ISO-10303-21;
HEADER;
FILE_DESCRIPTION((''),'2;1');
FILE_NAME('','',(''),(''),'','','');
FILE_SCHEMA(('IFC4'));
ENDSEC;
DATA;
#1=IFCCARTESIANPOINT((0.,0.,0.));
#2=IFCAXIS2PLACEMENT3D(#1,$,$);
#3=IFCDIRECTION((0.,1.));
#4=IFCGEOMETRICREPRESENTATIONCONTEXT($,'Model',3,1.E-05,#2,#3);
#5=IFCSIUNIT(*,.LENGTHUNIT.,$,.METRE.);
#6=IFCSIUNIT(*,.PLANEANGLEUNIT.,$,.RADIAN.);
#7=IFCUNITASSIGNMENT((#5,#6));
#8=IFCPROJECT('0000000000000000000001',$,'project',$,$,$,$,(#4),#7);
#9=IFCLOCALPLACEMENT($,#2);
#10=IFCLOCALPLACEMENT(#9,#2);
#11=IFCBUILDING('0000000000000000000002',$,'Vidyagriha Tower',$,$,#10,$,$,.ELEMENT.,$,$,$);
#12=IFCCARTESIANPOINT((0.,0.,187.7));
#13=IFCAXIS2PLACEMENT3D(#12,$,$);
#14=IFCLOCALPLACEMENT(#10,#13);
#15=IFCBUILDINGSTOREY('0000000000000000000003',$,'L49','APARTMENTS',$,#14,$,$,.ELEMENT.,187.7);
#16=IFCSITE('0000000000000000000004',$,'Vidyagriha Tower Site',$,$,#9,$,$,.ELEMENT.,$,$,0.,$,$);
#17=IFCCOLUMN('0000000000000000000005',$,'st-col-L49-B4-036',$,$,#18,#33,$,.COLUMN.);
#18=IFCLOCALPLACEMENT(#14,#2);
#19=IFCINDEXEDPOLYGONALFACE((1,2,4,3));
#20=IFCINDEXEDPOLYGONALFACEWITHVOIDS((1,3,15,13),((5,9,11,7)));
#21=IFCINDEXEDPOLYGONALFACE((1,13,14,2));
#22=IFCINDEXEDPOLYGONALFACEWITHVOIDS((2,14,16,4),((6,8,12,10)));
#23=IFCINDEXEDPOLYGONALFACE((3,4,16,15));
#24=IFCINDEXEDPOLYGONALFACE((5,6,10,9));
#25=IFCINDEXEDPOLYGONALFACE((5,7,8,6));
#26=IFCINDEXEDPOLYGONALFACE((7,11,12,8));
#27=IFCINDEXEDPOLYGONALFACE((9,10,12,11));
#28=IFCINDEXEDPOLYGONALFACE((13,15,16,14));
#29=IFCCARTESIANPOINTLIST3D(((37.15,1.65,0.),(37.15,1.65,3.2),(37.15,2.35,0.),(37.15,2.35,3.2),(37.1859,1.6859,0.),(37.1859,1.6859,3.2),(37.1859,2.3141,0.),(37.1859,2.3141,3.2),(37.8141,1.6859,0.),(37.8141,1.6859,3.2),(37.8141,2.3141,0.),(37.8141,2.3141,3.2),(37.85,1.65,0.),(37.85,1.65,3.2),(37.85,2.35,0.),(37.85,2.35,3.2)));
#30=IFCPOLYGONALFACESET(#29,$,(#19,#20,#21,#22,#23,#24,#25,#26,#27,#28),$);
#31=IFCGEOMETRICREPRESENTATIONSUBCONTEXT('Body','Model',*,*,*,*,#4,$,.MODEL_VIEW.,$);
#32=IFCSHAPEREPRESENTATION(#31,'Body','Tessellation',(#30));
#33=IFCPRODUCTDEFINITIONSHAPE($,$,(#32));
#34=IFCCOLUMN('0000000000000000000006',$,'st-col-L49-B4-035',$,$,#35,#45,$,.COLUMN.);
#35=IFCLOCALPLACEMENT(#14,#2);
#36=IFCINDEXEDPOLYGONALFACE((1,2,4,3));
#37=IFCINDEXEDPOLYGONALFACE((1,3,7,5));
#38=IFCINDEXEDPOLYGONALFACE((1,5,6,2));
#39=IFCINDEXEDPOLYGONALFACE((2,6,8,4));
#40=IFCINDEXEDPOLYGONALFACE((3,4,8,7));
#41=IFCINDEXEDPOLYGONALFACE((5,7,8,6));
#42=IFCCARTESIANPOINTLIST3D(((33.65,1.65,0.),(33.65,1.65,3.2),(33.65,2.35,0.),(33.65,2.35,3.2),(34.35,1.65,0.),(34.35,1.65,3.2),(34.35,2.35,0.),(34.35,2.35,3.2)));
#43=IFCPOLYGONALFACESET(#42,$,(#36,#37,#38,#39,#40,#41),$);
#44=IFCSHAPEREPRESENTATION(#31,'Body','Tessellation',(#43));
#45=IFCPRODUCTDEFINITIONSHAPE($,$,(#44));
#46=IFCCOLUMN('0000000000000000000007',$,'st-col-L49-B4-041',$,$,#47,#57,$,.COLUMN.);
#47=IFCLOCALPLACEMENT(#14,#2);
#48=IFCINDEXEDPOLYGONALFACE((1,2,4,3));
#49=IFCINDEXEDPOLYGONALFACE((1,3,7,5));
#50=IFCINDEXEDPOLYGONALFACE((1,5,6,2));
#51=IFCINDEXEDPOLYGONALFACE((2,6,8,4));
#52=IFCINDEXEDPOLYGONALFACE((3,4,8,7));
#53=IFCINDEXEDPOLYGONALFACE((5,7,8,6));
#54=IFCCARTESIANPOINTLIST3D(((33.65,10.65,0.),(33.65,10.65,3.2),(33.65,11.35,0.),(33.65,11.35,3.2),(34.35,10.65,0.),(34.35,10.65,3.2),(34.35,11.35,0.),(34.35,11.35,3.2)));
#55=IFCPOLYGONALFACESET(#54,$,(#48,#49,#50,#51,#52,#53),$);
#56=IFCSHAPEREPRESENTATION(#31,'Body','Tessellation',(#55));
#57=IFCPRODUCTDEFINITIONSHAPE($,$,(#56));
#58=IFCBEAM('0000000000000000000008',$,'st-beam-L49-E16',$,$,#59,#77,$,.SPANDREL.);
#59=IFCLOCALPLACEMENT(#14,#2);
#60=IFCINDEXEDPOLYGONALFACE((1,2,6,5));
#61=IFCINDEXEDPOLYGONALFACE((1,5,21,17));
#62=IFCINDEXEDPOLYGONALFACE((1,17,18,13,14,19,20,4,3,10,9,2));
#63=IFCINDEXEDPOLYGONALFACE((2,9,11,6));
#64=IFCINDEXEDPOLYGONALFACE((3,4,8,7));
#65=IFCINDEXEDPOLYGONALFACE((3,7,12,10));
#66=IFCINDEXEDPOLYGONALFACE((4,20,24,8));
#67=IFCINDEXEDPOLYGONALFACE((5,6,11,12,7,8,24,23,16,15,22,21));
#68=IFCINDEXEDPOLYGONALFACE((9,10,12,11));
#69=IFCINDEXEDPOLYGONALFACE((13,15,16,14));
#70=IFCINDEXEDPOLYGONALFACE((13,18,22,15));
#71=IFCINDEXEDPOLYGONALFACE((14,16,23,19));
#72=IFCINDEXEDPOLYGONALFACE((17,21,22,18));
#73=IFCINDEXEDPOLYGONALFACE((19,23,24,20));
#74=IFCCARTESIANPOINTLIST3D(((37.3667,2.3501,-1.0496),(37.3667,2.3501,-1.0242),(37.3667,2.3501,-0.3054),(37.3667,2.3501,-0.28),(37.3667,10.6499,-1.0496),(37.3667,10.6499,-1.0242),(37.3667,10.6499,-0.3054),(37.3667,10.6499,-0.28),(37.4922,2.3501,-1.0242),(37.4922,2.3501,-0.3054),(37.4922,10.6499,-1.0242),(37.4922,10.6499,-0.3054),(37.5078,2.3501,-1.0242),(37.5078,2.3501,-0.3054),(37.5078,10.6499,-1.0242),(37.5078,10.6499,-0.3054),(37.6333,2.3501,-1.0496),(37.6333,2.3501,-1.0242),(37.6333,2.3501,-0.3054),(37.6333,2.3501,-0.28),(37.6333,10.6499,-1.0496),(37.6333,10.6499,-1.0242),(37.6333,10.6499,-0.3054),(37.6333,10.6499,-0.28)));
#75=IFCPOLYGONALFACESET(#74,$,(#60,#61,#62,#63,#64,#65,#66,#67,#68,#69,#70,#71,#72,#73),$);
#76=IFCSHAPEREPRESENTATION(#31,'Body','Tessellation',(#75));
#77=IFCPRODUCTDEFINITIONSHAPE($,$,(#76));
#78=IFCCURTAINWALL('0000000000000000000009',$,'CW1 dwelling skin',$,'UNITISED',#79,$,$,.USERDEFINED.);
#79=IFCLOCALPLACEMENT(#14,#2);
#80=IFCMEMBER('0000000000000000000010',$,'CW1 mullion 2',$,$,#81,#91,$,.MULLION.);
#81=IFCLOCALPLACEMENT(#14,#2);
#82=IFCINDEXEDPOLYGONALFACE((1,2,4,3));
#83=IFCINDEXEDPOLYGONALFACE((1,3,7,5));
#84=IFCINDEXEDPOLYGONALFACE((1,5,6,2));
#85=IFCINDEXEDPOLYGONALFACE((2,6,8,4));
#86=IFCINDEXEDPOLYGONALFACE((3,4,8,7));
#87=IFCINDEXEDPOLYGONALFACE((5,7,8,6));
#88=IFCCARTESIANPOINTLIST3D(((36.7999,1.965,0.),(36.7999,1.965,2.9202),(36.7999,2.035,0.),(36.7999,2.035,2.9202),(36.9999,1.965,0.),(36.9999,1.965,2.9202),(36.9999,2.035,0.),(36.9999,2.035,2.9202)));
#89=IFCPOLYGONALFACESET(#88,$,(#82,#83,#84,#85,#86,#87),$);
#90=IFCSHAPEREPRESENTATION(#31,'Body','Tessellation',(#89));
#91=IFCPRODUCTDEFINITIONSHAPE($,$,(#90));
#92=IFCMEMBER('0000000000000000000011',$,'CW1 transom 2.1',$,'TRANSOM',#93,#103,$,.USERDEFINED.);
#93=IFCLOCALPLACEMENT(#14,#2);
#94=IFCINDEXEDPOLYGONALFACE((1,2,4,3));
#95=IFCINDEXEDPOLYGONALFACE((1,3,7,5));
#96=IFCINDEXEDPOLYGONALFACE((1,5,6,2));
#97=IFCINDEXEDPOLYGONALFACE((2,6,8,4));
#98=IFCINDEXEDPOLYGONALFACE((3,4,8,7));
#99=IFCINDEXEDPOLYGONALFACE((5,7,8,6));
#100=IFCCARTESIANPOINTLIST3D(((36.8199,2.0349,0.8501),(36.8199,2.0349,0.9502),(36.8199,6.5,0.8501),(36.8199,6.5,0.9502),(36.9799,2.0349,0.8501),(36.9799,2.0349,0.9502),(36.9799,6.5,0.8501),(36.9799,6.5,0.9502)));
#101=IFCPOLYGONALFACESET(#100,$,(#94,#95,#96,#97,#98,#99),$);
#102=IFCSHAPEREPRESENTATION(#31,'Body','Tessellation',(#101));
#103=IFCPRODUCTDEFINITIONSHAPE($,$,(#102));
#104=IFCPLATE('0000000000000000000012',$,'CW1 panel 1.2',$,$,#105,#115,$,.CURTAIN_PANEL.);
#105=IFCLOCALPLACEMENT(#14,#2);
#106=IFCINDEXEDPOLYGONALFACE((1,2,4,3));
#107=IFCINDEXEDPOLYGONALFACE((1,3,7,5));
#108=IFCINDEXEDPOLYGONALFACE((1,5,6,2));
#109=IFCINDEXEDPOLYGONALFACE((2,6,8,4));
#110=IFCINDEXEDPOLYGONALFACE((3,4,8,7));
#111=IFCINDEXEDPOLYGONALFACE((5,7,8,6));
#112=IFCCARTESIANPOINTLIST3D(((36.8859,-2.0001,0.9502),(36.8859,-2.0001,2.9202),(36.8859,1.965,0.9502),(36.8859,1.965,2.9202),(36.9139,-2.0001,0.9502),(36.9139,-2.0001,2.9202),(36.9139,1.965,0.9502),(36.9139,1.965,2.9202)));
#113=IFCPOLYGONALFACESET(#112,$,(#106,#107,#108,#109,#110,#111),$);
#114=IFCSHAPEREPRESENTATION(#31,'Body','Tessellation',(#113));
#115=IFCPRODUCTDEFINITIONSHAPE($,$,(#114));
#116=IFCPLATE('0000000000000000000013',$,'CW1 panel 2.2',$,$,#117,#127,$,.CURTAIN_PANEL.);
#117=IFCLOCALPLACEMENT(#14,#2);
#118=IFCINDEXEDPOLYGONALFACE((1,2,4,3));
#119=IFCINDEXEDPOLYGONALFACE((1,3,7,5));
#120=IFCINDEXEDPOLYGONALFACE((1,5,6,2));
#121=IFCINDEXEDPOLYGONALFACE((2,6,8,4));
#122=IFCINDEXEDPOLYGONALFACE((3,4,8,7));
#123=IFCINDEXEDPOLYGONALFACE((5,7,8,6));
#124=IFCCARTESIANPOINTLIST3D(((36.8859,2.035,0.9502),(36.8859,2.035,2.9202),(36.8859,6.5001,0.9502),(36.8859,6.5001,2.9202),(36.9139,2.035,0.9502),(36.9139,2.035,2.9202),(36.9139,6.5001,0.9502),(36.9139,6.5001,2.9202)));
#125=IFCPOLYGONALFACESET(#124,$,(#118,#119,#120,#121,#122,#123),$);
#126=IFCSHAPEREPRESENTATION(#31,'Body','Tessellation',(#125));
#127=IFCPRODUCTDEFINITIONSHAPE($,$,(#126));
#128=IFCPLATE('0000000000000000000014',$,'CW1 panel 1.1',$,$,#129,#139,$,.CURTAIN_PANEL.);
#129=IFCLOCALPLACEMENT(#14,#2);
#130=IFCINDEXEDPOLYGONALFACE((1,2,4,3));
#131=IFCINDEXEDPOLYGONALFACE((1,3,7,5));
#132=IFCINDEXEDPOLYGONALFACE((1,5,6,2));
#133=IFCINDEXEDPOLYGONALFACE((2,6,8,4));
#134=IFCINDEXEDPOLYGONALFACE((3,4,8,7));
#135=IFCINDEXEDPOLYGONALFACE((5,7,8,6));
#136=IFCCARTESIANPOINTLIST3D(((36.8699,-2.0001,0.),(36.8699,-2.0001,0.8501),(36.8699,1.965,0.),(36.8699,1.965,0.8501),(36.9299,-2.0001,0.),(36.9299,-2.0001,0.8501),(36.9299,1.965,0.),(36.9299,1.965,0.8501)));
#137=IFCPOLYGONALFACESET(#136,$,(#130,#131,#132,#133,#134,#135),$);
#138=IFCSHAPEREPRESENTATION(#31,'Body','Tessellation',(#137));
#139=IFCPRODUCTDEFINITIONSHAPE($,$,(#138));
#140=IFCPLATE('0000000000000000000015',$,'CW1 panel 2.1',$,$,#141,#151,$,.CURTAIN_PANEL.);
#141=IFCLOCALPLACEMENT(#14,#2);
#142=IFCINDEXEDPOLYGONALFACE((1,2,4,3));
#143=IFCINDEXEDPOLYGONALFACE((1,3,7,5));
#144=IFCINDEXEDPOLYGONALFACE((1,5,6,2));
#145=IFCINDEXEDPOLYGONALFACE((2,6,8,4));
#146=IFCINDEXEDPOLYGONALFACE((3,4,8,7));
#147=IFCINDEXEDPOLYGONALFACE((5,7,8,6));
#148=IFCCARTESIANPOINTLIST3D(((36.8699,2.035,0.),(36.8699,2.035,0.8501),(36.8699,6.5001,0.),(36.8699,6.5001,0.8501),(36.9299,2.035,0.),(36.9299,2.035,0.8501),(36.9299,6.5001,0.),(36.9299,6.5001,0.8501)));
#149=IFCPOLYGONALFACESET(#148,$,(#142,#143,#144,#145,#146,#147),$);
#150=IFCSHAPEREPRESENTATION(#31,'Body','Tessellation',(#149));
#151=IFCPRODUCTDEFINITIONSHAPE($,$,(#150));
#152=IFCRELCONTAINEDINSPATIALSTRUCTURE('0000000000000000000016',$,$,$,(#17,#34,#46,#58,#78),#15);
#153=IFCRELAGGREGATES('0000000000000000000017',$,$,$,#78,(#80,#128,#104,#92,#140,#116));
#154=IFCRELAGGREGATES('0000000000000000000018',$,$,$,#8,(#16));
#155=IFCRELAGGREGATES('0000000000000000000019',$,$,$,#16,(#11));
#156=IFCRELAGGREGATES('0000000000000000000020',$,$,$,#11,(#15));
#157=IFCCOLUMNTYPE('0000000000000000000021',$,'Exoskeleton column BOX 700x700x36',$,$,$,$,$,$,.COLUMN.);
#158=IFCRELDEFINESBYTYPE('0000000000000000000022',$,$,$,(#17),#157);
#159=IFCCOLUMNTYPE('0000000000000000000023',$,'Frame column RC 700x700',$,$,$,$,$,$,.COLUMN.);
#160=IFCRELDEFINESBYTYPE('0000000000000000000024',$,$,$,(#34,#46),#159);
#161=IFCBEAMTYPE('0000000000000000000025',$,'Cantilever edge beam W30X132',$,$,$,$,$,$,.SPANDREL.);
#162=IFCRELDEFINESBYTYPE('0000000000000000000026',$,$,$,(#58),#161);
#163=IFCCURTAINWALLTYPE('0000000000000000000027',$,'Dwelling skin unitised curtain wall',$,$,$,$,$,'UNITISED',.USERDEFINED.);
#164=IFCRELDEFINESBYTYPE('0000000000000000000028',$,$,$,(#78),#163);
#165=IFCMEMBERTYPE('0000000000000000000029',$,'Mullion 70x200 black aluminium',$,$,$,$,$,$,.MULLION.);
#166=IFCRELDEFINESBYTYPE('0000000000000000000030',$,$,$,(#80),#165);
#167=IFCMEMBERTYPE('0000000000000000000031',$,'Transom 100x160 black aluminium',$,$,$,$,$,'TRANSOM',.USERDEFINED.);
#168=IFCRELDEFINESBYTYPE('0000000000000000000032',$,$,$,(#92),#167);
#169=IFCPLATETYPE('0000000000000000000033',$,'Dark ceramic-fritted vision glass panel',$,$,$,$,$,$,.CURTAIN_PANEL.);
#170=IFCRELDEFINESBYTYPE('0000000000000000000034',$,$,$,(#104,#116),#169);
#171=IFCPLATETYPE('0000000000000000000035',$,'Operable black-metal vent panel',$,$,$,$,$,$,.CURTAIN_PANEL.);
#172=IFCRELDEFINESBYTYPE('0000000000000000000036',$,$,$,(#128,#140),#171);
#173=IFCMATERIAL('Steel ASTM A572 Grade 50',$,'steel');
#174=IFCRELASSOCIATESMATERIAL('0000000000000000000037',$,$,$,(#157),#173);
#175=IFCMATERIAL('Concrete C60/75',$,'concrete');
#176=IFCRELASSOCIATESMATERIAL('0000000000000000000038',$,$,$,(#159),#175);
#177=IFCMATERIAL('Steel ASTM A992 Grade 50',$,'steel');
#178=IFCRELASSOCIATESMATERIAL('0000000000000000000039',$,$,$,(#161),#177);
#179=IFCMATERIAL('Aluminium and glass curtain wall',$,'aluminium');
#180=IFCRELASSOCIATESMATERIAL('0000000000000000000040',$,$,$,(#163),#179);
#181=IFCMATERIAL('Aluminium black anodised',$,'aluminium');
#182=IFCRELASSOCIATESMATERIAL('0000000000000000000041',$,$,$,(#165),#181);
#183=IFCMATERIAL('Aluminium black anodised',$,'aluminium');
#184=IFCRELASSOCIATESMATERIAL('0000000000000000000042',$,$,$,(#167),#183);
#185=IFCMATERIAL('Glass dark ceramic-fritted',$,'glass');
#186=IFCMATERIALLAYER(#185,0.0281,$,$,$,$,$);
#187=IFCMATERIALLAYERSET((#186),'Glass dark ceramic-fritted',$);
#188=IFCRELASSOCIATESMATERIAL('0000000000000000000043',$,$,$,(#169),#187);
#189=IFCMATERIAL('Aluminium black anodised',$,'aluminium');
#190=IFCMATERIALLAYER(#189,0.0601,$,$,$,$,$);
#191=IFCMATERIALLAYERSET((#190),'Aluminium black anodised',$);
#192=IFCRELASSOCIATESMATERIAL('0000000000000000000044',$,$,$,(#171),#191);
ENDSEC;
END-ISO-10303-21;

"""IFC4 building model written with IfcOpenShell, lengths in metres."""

from ifc_helpers import new_model, si_unit, direction, frame, origin, origin_2d, place, context, subcontext, project, spatial, rectangle, hollow_rectangle, i_section, extrude, material, layer, layer_set, material_profile, profile_set, type_object, element, aggregate, save


model = new_model("IFC4")

# Units and contexts
model_context = context("Model", 3, precision=1e-05, world=origin(), true_north=direction((0.0, 1.0)))
body_context = subcontext(model_context, "Body", "Model", "MODEL_VIEW")
ifc_project = project(units=[si_unit("LENGTHUNIT", "METRE"), si_unit("PLANEANGLEUNIT", "RADIAN")], contexts=[model_context])

# Site, building, storey
site_placement = place(None, origin())
site = spatial("IfcSite", under=ifc_project, at=site_placement, Name="Vidyagriha Tower Site", CompositionType="ELEMENT", RefElevation=0.0)
building_placement = place(site_placement, origin())
building = spatial("IfcBuilding", under=site, at=building_placement, Name="Vidyagriha Tower", CompositionType="ELEMENT")
storey_placement = place(building_placement, frame((0.0, 0.0, 187.7)))
storey = spatial("IfcBuildingStorey", under=building, at=storey_placement, Name="L49", Description="APARTMENTS", CompositionType="ELEMENT", Elevation=187.7)

# Columns
ifc_material_1 = material(Name="Steel ASTM A572 Grade 50", Category="steel")
ifc_material_profile_1 = material_profile(ifc_material_1, hollow_rectangle(XDim=0.7, YDim=0.7, WallThickness=0.0359, at=origin_2d()), Name="BOX 700x700x36")
ifc_profile_set_1 = profile_set([ifc_material_profile_1], Name="Steel ASTM A572 Grade 50")
column_type_1 = type_object("IfcColumnType", Name="Exoskeleton column BOX 700x700x36", PredefinedType="COLUMN", material=ifc_profile_set_1)
column_placement = place(storey_placement, frame((37.5, 2.0, 0.0)))
element("IfcColumn", 1, at=column_placement, inside=storey, type_object=column_type_1, Name="st-col-L49-B4-036", PredefinedType="COLUMN", context=body_context, shape_type="SweptSolid", body=[
    extrude(hollow_rectangle(XDim=0.7, YDim=0.7, WallThickness=0.0359, at=origin_2d()), origin(), (0.0, 0.0, 1.0), 3.2),
])
ifc_material_2 = material(Name="Concrete C60/75", Category="concrete")
ifc_material_profile_2 = material_profile(ifc_material_2, rectangle(XDim=0.7, YDim=0.7, at=origin_2d()), Name="RC 700x700")
ifc_profile_set_2 = profile_set([ifc_material_profile_2], Name="Concrete C60/75")
column_type_2 = type_object("IfcColumnType", Name="Frame column RC 700x700", PredefinedType="COLUMN", material=ifc_profile_set_2)
for number, where, name in (
    (2, (34.0, 2.0, 0.0), "st-col-L49-B4-035"),
    (3, (34.0, 11.0, 0.0), "st-col-L49-B4-041"),
):
    element("IfcColumn", number, at=place(storey_placement, frame(where)), inside=storey, type_object=column_type_2, Name=name, PredefinedType="COLUMN", context=body_context, shape_type="SweptSolid", body=[
        extrude(rectangle(XDim=0.7, YDim=0.7, at=origin_2d()), origin(), (0.0, 0.0, 1.0), 3.2),
    ])

# Beam
ifc_material_3 = material(Name="Steel ASTM A992 Grade 50", Category="steel")
ifc_material_profile_3 = material_profile(ifc_material_3, i_section(OverallWidth=0.2666, OverallDepth=0.7695, WebThickness=0.0156, FlangeThickness=0.0254, at=origin_2d()), Name="W30X132")
ifc_profile_set_3 = profile_set([ifc_material_profile_3], Name="Steel ASTM A992 Grade 50")
beam_type = type_object("IfcBeamType", Name="Cantilever edge beam W30X132", PredefinedType="SPANDREL", material=ifc_profile_set_3)
beam_placement = place(storey_placement, frame((37.5, 2.3501, -0.6648), z_axis=(0.0, 1.0, 0.0), x_axis=(-1.0, 0.0, 0.0)))
element("IfcBeam", 4, at=beam_placement, inside=storey, type_object=beam_type, Name="st-beam-L49-E16", PredefinedType="SPANDREL", context=body_context, shape_type="SweptSolid", body=[
    extrude(i_section(OverallWidth=0.2666, OverallDepth=0.7695, WebThickness=0.0156, FlangeThickness=0.0254, at=origin_2d()), origin(), (0.0, 0.0, 1.0), 8.2998),
])

# Curtain wall, members, plates
ifc_material_4 = material(Name="Aluminium and glass curtain wall", Category="aluminium")
curtain_wall_type = type_object("IfcCurtainWallType", Name="Dwelling skin unitised curtain wall", ElementType="UNITISED", PredefinedType="USERDEFINED", material=ifc_material_4)
curtain_wall_placement = place(storey_placement, origin())
curtain_wall = element("IfcCurtainWall", 5, at=curtain_wall_placement, inside=storey, type_object=curtain_wall_type, Name="CW1 dwelling skin", ObjectType="UNITISED", PredefinedType="USERDEFINED")
ifc_material_5 = material(Name="Aluminium black anodised", Category="aluminium")
ifc_material_profile_4 = material_profile(ifc_material_5, rectangle(XDim=0.2, YDim=0.0701, at=origin_2d()), Name="Mullion 70x200 black aluminium")
ifc_profile_set_4 = profile_set([ifc_material_profile_4], Name="Aluminium black anodised")
member_type_1 = type_object("IfcMemberType", Name="Mullion 70x200 black aluminium", PredefinedType="MULLION", material=ifc_profile_set_4)
member_1_placement = place(storey_placement, frame((36.8999, 2.0, 0.0), z_axis=(0.0, 0.0, 1.0), x_axis=(-1.0, 0.0, 0.0)))
member_1 = element("IfcMember", 6, at=member_1_placement, type_object=member_type_1, Name="CW1 mullion 2", PredefinedType="MULLION", context=body_context, shape_type="SweptSolid", body=[
    extrude(rectangle(XDim=0.2, YDim=0.0701, at=origin_2d()), origin(), (0.0, 0.0, 1.0), 2.9202),
])
ifc_material_6 = material(Name="Aluminium black anodised", Category="aluminium")
ifc_material_profile_5 = material_profile(ifc_material_6, rectangle(XDim=0.1599, YDim=0.1001, at=origin_2d()), Name="Transom 100x160 black aluminium")
ifc_profile_set_5 = profile_set([ifc_material_profile_5], Name="Aluminium black anodised")
member_type_2 = type_object("IfcMemberType", Name="Transom 100x160 black aluminium", ElementType="TRANSOM", PredefinedType="USERDEFINED", material=ifc_profile_set_5)
member_2_placement = place(storey_placement, frame((36.8999, 2.0349, 0.9001), z_axis=(0.0, 1.0, 0.0), x_axis=(-1.0, 0.0, 0.0)))
member_2 = element("IfcMember", 7, at=member_2_placement, type_object=member_type_2, Name="CW1 transom 2.1", ObjectType="TRANSOM", PredefinedType="USERDEFINED", context=body_context, shape_type="SweptSolid", body=[
    extrude(rectangle(XDim=0.1599, YDim=0.1001, at=origin_2d()), origin(), (0.0, 0.0, 1.0), 4.4651),
])
ifc_material_7 = material(Name="Glass dark ceramic-fritted", Category="glass")
ifc_layer_1 = layer(ifc_material_7, 0.0281)
ifc_layer_set_1 = layer_set([ifc_layer_1], Name="Glass dark ceramic-fritted")
plate_type_1 = type_object("IfcPlateType", Name="Dark ceramic-fritted vision glass panel", PredefinedType="CURTAIN_PANEL", material=ifc_layer_set_1)
plate_1_placement = place(storey_placement, frame((36.8999, -0.0176, 0.9502), z_axis=(0.0, 0.0, 1.0), x_axis=(0.0, 1.0, 0.0)))
plate_1 = element("IfcPlate", 8, at=plate_1_placement, type_object=plate_type_1, Name="CW1 panel 1.2", PredefinedType="CURTAIN_PANEL", context=body_context, shape_type="SweptSolid", body=[
    extrude(rectangle(XDim=3.9651, YDim=0.0281, at=origin_2d()), origin(), (0.0, 0.0, 1.0), 1.97),
])
plate_2_placement = place(storey_placement, frame((36.8999, 4.2676, 0.9502), z_axis=(0.0, 0.0, 1.0), x_axis=(0.0, 1.0, 0.0)))
plate_2 = element("IfcPlate", 9, at=plate_2_placement, type_object=plate_type_1, Name="CW1 panel 2.2", PredefinedType="CURTAIN_PANEL", context=body_context, shape_type="SweptSolid", body=[
    extrude(rectangle(XDim=4.4651, YDim=0.0281, at=origin_2d()), origin(), (0.0, 0.0, 1.0), 1.97),
])
ifc_material_8 = material(Name="Aluminium black anodised", Category="aluminium")
ifc_layer_2 = layer(ifc_material_8, 0.0601)
ifc_layer_set_2 = layer_set([ifc_layer_2], Name="Aluminium black anodised")
plate_type_2 = type_object("IfcPlateType", Name="Operable black-metal vent panel", PredefinedType="CURTAIN_PANEL", material=ifc_layer_set_2)
plate_3_placement = place(storey_placement, frame((36.8999, -0.0176, 0.0), z_axis=(0.0, 0.0, 1.0), x_axis=(0.0, 1.0, 0.0)))
plate_3 = element("IfcPlate", 10, at=plate_3_placement, type_object=plate_type_2, Name="CW1 panel 1.1", PredefinedType="CURTAIN_PANEL", context=body_context, shape_type="SweptSolid", body=[
    extrude(rectangle(XDim=3.9651, YDim=0.0601, at=origin_2d()), origin(), (0.0, 0.0, 1.0), 0.8501),
])
plate_4_placement = place(storey_placement, frame((36.8999, 4.2676, 0.0), z_axis=(0.0, 0.0, 1.0), x_axis=(0.0, 1.0, 0.0)))
plate_4 = element("IfcPlate", 11, at=plate_4_placement, type_object=plate_type_2, Name="CW1 panel 2.1", PredefinedType="CURTAIN_PANEL", context=body_context, shape_type="SweptSolid", body=[
    extrude(rectangle(XDim=4.4651, YDim=0.0601, at=origin_2d()), origin(), (0.0, 0.0, 1.0), 0.8501),
])
aggregate(curtain_wall, [member_1, plate_3, plate_1, member_2, plate_4, plate_2])

save(model, "model.ifc")
